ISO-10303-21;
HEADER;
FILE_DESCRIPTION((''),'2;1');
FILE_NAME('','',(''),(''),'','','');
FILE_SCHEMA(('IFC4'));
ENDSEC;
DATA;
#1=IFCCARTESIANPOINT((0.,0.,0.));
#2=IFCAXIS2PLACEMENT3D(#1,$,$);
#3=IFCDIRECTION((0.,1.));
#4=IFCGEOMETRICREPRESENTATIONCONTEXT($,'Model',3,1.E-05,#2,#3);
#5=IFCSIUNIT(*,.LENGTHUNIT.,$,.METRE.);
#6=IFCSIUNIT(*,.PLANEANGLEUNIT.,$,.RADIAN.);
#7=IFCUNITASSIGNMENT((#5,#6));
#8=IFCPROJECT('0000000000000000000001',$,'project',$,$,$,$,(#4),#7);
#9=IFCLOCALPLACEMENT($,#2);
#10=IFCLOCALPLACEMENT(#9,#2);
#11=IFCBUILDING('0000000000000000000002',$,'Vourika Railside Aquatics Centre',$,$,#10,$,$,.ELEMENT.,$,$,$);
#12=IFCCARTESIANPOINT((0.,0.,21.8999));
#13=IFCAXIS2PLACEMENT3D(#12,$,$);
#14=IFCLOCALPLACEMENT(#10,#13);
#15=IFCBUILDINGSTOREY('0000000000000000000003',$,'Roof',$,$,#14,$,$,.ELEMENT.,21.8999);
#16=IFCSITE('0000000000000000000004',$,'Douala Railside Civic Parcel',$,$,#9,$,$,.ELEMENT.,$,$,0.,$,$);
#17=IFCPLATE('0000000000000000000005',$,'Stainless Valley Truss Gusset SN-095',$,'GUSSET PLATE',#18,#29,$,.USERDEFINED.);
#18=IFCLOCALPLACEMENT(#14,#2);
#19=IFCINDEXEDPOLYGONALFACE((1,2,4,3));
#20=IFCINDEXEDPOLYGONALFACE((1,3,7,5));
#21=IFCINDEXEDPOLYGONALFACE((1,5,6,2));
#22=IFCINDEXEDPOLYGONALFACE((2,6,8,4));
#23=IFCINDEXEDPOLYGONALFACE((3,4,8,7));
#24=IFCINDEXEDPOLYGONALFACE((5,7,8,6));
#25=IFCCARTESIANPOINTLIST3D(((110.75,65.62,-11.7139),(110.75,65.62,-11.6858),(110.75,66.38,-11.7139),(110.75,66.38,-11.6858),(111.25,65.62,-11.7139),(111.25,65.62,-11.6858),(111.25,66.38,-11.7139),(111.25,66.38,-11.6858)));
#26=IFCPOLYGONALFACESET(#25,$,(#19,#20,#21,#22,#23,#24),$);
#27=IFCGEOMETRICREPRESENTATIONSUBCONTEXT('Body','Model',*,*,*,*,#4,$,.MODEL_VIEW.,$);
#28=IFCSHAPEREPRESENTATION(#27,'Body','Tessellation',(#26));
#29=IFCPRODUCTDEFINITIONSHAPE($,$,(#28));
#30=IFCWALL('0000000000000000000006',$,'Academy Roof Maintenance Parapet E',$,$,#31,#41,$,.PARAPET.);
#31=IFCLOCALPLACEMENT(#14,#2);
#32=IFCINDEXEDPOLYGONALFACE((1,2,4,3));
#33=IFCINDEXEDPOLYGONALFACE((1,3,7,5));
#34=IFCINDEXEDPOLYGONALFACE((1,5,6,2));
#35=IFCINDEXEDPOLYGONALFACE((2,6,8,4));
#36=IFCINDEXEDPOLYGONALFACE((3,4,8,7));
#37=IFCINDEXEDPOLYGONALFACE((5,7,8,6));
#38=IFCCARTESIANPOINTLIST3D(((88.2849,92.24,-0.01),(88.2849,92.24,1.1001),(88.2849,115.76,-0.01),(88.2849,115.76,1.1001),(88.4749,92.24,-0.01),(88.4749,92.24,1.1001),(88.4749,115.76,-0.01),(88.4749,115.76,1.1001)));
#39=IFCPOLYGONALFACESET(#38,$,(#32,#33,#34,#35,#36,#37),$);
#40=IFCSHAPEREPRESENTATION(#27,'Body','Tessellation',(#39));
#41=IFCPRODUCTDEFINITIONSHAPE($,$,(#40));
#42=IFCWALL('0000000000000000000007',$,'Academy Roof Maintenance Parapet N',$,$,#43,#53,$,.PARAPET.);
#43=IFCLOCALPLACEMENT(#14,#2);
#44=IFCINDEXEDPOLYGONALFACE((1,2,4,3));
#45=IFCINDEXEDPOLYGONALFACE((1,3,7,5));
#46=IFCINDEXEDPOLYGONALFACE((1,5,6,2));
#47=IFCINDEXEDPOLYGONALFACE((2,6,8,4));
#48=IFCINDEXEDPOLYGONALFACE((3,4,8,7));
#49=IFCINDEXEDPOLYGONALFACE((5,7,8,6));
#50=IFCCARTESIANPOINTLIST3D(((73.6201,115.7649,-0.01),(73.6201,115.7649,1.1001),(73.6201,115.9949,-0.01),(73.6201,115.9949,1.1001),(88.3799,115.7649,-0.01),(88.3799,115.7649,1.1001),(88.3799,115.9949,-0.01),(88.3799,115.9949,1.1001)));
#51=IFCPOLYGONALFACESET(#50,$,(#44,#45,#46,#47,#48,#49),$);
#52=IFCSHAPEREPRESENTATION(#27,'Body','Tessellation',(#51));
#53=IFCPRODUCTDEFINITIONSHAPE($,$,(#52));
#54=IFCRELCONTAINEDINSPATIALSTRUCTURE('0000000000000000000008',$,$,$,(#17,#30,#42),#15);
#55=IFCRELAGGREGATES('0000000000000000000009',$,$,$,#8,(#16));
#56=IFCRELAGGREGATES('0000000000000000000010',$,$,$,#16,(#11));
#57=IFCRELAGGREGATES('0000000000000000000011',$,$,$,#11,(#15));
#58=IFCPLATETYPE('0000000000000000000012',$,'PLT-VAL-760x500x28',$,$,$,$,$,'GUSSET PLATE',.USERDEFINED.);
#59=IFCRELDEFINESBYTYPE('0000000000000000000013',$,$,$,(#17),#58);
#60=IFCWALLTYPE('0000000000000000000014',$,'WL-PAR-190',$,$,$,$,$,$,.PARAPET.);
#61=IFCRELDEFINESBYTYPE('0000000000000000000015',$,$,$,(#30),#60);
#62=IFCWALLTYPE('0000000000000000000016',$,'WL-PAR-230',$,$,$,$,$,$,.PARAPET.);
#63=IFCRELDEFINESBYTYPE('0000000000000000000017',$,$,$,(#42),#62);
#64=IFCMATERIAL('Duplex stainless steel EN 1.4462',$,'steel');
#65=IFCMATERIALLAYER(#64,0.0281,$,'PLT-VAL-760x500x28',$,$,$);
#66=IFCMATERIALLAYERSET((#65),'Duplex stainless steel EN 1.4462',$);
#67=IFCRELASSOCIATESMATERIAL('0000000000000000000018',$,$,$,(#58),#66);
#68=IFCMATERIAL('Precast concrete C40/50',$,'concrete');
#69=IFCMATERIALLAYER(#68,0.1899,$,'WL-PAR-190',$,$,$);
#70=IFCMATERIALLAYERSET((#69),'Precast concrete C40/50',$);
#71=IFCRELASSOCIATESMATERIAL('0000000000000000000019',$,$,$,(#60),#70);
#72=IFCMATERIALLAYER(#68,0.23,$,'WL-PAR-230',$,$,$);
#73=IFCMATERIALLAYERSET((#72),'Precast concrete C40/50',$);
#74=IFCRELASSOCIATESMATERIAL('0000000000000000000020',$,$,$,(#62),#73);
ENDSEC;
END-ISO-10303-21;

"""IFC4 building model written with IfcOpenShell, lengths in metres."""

from ifc_helpers import new_model, si_unit, direction, frame, frame_2d, origin, origin_2d, place, context, subcontext, project, spatial, rectangle, extrude, material, layer, layer_set, type_object, element, save


model = new_model("IFC4")

# Units and contexts
model_context = context("Model", 3, precision=1e-05, world=origin(), true_north=direction((0.0, 1.0)))
body_context = subcontext(model_context, "Body", "Model", "MODEL_VIEW")
ifc_project = project(units=[si_unit("LENGTHUNIT", "METRE"), si_unit("PLANEANGLEUNIT", "RADIAN")], contexts=[model_context])

# Site, building, storey
site_placement = place(None, origin())
site = spatial("IfcSite", under=ifc_project, at=site_placement, Name="Douala Railside Civic Parcel", CompositionType="ELEMENT", RefElevation=0.0)
building_placement = place(site_placement, origin())
building = spatial("IfcBuilding", under=site, at=building_placement, Name="Vourika Railside Aquatics Centre", CompositionType="ELEMENT")
storey_placement = place(building_placement, frame((0.0, 0.0, 21.8999)))
storey = spatial("IfcBuildingStorey", under=building, at=storey_placement, Name="Roof", CompositionType="ELEMENT", Elevation=21.8999)

# Plate
ifc_material_1 = material(Name="Duplex stainless steel EN 1.4462", Category="steel")
ifc_layer_1 = layer(ifc_material_1, 0.0281, Name="PLT-VAL-760x500x28")
ifc_layer_set_1 = layer_set([ifc_layer_1], Name="Duplex stainless steel EN 1.4462")
plate_type_1 = type_object("IfcPlateType", Name="PLT-VAL-760x500x28", ElementType="GUSSET PLATE", PredefinedType="USERDEFINED", material=ifc_layer_set_1)
plate_1_placement = place(storey_placement, frame((111.0, 66.0, -11.7139), z_axis=(0.0, 0.0, 1.0), x_axis=(0.0, 1.0, 0.0)))
element("IfcPlate", 1, at=plate_1_placement, inside=storey, type_object=plate_type_1, Name="Stainless Valley Truss Gusset SN-095", ObjectType="GUSSET PLATE", PredefinedType="USERDEFINED", context=body_context, shape_type="SweptSolid", body=[
    extrude(rectangle(XDim=0.76, YDim=0.5, at=origin_2d()), origin(), (0.0, 0.0, 1.0), 0.0281),
])

# Walls
ifc_material_2 = material(Name="Precast concrete C40/50", Category="concrete")
ifc_layer_2 = layer(ifc_material_2, 0.1899, Name="WL-PAR-190")
ifc_layer_set_2 = layer_set([ifc_layer_2], Name="Precast concrete C40/50")
wall_type_1 = type_object("IfcWallType", Name="WL-PAR-190", PredefinedType="PARAPET", material=ifc_layer_set_2)
wall_1_placement = place(storey_placement, frame((88.3799, 92.24, -0.01), z_axis=(0.0, 0.0, 1.0), x_axis=(0.0, 1.0, 0.0)))
element("IfcWall", 2, at=wall_1_placement, inside=storey, type_object=wall_type_1, Name="Academy Roof Maintenance Parapet E", PredefinedType="PARAPET", context=body_context, shape_type="SweptSolid", body=[
    extrude(rectangle(XDim=23.52, YDim=0.1899, at=frame_2d((11.76, 0.0))), origin(), (0.0, 0.0, 1.0), 1.1101),
])
ifc_layer_3 = layer(ifc_material_2, 0.23, Name="WL-PAR-230")
ifc_layer_set_3 = layer_set([ifc_layer_3], Name="Precast concrete C40/50")
wall_type_2 = type_object("IfcWallType", Name="WL-PAR-230", PredefinedType="PARAPET", material=ifc_layer_set_3)
wall_2_placement = place(storey_placement, frame((88.3799, 115.8799, -0.01), z_axis=(0.0, 0.0, 1.0), x_axis=(-1.0, 0.0, 0.0)))
element("IfcWall", 3, at=wall_2_placement, inside=storey, type_object=wall_type_2, Name="Academy Roof Maintenance Parapet N", PredefinedType="PARAPET", context=body_context, shape_type="SweptSolid", body=[
    extrude(rectangle(XDim=14.7598, YDim=0.23, at=frame_2d((7.3799, 0.0))), origin(), (0.0, 0.0, 1.0), 1.1101),
])

save(model, "model.ifc")
